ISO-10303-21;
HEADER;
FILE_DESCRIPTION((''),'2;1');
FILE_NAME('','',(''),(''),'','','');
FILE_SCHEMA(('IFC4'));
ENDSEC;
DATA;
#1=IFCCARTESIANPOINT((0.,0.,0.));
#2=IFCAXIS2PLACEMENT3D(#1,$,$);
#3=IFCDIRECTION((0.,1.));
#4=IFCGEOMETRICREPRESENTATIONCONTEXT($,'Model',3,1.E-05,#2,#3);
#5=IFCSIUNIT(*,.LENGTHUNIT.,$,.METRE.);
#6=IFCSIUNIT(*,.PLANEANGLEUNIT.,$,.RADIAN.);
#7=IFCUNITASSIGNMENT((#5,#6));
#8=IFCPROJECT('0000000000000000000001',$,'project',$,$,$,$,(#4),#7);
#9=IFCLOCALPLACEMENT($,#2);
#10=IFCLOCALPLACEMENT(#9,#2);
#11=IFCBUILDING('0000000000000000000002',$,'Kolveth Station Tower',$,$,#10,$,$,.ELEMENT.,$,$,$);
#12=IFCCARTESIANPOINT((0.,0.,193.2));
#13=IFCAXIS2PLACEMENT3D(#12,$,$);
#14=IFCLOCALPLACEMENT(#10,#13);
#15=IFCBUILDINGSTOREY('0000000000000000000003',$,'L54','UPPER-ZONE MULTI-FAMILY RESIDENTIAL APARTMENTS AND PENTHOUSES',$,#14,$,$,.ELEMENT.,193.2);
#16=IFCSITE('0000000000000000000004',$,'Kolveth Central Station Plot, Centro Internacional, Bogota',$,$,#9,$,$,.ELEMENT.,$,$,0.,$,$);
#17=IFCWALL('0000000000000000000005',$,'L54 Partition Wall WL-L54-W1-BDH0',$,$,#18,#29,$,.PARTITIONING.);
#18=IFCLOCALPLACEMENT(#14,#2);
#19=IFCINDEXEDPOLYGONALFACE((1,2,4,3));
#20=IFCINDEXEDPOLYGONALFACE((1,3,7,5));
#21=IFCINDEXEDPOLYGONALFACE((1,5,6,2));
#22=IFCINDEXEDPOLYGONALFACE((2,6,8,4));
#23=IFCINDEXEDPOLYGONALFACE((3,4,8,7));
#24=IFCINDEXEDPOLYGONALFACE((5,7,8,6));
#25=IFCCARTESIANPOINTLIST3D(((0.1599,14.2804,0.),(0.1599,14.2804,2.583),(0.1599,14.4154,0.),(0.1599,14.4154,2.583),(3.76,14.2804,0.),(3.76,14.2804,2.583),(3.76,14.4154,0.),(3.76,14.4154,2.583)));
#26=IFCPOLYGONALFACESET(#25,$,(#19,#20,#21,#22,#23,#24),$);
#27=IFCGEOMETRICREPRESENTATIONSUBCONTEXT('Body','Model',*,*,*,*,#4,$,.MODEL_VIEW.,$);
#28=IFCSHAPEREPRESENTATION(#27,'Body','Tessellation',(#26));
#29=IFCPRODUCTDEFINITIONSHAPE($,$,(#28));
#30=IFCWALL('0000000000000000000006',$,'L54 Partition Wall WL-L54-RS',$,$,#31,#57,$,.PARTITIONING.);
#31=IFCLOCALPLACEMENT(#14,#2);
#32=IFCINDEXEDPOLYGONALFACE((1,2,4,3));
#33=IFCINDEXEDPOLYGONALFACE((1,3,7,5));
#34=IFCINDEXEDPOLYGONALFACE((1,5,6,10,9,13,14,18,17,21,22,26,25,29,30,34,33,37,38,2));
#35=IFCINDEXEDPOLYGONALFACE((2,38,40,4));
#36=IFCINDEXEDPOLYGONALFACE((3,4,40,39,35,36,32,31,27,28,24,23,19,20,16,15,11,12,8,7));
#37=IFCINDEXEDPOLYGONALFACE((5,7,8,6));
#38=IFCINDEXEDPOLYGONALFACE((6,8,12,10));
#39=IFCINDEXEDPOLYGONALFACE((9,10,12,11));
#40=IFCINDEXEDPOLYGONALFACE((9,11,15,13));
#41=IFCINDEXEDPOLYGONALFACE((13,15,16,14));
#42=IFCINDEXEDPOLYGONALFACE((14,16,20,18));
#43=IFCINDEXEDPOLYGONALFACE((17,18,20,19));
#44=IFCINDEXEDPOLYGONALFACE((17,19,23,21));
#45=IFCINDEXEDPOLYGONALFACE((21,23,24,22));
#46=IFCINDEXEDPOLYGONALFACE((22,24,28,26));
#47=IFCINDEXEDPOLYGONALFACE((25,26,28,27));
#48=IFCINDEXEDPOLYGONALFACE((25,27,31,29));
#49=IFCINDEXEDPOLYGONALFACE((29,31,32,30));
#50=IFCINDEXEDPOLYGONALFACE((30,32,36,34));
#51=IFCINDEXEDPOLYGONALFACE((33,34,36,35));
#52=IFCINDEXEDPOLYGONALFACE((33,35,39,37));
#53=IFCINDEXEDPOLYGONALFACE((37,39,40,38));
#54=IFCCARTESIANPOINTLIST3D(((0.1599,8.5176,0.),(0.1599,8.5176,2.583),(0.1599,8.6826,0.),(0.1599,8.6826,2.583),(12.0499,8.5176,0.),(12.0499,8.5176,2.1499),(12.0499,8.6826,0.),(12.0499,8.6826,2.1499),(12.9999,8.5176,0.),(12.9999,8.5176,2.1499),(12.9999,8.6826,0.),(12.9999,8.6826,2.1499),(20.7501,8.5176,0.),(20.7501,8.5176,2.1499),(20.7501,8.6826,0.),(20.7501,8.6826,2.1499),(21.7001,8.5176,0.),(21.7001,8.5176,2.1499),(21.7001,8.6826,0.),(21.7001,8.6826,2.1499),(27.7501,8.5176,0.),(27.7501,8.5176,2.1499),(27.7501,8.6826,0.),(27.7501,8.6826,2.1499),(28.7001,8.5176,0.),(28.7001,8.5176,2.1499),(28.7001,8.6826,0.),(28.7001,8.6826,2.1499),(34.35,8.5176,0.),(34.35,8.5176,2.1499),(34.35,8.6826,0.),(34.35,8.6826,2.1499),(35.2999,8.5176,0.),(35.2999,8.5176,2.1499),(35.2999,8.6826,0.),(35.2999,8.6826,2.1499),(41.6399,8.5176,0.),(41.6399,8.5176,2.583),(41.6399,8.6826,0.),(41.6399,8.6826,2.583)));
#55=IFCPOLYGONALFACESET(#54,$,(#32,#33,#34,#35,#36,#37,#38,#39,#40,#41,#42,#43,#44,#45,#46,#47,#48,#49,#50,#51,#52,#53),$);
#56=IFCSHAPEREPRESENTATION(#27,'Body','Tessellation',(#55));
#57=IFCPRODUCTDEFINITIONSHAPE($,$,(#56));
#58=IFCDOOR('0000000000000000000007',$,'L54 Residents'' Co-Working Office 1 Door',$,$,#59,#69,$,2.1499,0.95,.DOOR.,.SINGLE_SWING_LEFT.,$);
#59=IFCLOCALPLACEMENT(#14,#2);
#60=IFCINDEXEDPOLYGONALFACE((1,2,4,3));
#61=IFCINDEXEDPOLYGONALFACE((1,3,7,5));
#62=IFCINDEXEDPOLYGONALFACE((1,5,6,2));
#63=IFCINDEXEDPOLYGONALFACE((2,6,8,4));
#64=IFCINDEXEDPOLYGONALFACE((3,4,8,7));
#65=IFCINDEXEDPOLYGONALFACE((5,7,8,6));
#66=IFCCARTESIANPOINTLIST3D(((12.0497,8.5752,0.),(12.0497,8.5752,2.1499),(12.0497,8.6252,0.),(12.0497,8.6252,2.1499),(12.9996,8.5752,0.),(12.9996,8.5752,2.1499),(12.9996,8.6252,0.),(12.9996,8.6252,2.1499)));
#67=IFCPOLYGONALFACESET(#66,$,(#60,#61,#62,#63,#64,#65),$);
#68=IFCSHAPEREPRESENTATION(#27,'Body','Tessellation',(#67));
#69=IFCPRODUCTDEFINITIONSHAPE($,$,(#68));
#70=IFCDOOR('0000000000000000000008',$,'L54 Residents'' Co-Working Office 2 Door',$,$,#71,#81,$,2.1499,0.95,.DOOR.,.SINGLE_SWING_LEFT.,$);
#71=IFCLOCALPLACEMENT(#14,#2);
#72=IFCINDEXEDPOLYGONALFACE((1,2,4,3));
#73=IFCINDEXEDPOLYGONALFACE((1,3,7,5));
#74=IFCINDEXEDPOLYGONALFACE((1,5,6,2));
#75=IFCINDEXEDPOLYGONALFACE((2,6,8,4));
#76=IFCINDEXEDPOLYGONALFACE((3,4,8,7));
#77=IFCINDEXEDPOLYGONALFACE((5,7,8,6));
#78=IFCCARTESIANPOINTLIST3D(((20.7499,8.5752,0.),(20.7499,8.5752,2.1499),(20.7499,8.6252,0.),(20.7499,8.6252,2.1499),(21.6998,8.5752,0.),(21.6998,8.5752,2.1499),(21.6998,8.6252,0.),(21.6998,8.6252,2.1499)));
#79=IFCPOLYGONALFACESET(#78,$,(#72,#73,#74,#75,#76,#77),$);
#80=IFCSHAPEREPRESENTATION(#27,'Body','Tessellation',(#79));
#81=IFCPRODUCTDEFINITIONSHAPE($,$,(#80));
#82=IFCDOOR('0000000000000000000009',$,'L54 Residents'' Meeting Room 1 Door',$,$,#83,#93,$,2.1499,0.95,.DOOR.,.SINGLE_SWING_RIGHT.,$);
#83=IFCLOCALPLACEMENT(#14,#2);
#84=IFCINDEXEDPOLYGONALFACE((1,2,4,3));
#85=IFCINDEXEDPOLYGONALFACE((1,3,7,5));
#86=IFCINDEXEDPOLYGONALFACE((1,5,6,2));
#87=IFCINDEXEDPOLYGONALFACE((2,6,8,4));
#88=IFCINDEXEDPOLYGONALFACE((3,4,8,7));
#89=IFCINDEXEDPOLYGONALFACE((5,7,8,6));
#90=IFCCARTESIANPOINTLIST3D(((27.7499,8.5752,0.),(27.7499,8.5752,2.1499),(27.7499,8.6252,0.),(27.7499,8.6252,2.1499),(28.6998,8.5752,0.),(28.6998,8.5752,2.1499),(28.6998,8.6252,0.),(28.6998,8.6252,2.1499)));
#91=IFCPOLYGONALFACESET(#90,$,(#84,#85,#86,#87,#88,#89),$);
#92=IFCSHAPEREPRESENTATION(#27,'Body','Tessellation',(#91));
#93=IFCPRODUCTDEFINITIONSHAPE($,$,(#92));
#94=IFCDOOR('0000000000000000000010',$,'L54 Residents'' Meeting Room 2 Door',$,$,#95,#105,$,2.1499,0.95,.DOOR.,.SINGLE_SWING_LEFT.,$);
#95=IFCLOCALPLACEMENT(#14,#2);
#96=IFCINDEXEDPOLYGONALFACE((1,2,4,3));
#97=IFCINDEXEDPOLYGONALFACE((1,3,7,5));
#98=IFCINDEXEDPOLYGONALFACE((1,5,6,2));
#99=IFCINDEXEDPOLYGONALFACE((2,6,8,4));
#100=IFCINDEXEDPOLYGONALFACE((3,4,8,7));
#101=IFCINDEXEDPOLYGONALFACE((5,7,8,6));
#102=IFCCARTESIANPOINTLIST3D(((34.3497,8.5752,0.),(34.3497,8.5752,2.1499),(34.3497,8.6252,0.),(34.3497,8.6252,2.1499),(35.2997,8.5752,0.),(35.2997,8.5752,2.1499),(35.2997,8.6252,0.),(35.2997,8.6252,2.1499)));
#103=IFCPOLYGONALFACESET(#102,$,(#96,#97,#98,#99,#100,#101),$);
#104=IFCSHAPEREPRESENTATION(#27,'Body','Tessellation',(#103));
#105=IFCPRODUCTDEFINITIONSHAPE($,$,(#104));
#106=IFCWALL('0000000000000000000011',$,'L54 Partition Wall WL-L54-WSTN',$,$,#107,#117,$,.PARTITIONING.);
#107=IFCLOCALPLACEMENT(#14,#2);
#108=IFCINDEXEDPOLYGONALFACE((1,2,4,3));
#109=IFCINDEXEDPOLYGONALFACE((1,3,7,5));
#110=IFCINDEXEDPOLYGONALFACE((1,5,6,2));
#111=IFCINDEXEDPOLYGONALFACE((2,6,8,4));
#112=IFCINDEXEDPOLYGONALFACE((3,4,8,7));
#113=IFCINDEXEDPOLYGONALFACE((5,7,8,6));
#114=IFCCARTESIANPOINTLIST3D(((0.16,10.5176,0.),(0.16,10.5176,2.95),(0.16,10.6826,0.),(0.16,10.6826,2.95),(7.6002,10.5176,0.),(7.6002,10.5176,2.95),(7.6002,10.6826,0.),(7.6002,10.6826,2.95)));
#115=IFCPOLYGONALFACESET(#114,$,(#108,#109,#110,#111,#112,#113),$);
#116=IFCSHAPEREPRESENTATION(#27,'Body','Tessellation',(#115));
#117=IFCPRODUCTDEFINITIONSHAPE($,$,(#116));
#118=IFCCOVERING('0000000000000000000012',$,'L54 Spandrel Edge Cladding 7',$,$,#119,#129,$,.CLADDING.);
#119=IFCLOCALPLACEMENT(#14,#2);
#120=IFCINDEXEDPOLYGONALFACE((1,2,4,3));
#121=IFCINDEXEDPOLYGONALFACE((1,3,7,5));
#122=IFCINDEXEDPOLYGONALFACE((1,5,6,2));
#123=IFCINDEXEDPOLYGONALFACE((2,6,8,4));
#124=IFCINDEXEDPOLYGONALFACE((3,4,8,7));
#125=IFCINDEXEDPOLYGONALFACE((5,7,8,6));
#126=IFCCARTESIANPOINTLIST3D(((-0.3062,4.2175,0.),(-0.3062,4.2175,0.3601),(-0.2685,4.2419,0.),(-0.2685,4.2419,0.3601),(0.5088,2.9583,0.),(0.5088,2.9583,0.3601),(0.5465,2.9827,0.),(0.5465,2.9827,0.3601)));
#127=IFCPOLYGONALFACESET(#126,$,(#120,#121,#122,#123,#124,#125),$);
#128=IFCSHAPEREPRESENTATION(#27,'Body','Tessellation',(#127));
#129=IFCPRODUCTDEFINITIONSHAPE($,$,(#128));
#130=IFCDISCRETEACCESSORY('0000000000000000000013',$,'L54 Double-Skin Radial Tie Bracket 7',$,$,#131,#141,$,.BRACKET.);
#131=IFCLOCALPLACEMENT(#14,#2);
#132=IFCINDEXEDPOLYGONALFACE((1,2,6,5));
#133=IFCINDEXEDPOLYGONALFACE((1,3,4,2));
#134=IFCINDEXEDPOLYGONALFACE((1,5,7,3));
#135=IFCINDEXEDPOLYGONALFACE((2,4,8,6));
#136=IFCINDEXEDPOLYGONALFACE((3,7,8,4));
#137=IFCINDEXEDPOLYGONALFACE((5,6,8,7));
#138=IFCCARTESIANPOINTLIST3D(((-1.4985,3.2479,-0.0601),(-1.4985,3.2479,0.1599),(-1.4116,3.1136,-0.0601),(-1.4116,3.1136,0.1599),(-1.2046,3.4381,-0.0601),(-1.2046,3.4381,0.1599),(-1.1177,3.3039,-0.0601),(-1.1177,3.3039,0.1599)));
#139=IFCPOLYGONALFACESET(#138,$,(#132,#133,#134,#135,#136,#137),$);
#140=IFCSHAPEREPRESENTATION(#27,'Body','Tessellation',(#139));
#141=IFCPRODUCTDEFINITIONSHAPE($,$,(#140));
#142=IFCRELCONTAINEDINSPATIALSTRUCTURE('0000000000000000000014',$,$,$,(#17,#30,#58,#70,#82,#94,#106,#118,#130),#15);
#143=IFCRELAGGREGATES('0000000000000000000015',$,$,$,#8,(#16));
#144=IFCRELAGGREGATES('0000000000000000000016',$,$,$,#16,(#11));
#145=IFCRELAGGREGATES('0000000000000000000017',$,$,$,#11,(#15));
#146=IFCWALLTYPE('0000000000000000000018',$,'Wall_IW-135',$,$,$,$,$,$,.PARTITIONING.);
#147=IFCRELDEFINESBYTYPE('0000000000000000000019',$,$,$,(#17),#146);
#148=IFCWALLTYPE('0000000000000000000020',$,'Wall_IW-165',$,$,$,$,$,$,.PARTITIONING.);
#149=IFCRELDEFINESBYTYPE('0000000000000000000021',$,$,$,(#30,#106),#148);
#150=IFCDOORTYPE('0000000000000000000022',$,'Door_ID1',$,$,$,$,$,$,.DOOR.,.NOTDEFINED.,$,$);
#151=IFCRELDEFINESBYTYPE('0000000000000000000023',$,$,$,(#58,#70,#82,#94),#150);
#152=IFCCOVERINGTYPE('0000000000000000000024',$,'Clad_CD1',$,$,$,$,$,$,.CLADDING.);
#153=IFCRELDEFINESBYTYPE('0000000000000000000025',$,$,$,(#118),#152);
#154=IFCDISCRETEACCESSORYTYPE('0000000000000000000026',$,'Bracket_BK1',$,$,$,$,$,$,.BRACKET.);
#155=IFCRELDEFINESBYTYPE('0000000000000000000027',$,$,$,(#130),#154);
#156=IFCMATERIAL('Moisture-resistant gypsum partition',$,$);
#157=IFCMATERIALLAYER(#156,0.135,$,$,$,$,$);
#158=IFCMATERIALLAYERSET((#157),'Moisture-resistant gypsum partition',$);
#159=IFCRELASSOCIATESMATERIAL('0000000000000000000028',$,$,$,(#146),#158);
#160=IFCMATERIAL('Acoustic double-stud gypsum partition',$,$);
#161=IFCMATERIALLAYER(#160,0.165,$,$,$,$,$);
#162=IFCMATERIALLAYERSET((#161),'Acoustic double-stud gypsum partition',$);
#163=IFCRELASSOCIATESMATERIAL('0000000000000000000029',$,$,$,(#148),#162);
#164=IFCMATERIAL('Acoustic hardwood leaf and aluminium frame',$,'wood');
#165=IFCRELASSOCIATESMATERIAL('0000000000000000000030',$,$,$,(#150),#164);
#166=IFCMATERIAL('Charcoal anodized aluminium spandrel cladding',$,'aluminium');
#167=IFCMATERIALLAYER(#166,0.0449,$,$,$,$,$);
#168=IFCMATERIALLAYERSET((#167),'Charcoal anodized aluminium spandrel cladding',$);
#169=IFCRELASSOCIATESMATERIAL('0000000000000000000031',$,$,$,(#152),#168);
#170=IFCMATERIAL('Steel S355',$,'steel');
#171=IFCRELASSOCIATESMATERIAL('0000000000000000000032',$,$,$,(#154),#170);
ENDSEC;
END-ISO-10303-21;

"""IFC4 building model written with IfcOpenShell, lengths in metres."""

from ifc_helpers import new_model, si_unit, direction, frame, frame_2d, origin, origin_2d, place, context, subcontext, project, spatial, rectangle, extrude, source, transform, mapped, material, layer, layer_set, type_object, element, fill, save


model = new_model("IFC4")

# Units and contexts
model_context = context("Model", 3, precision=1e-05, world=origin(), true_north=direction((0.0, 1.0)))
body_context = subcontext(model_context, "Body", "Model", "MODEL_VIEW")
ifc_project = project(units=[si_unit("LENGTHUNIT", "METRE"), si_unit("PLANEANGLEUNIT", "RADIAN")], contexts=[model_context])

# Site, building, storey
site_placement = place(None, origin())
site = spatial("IfcSite", under=ifc_project, at=site_placement, Name="Kolveth Central Station Plot, Centro Internacional, Bogota", CompositionType="ELEMENT", RefElevation=0.0)
building_placement = place(site_placement, origin())
building = spatial("IfcBuilding", under=site, at=building_placement, Name="Kolveth Station Tower", CompositionType="ELEMENT")
storey_placement = place(building_placement, frame((0.0, 0.0, 193.2)))
storey = spatial("IfcBuildingStorey", under=building, at=storey_placement, Name="L54", Description="UPPER-ZONE MULTI-FAMILY RESIDENTIAL APARTMENTS AND PENTHOUSES", CompositionType="ELEMENT", Elevation=193.2)

# Shared definitions
ifc_material_1 = material(Name="Steel S355", Category="steel")

# Wall
ifc_material_2 = material(Name="Moisture-resistant gypsum partition")
ifc_layer_1 = layer(ifc_material_2, 0.135)
ifc_layer_set_1 = layer_set([ifc_layer_1], Name="Moisture-resistant gypsum partition")
wall_type_1 = type_object("IfcWallType", Name="Wall_IW-135", PredefinedType="PARTITIONING", material=ifc_layer_set_1)
wall_1_placement = place(storey_placement, frame((0.1599, 14.3479, 0.0), z_axis=(0.0, 0.0, 1.0), x_axis=(1.0, 0.0, 0.0)))
element("IfcWall", 1, at=wall_1_placement, inside=storey, type_object=wall_type_1, Name="L54 Partition Wall WL-L54-W1-BDH0", PredefinedType="PARTITIONING", context=body_context, shape_type="SweptSolid", body=[
    extrude(rectangle(XDim=3.6001, YDim=0.135, at=frame_2d((1.8, 0.0))), origin(), (0.0, 0.0, 1.0), 2.583),
])

# Wall, openings, doors
ifc_material_3 = material(Name="Acoustic double-stud gypsum partition")
ifc_layer_2 = layer(ifc_material_3, 0.165)
ifc_layer_set_2 = layer_set([ifc_layer_2], Name="Acoustic double-stud gypsum partition")
wall_type_2 = type_object("IfcWallType", Name="Wall_IW-165", PredefinedType="PARTITIONING", material=ifc_layer_set_2)
wall_2_placement = place(storey_placement, frame((0.1599, 8.6001, 0.0), z_axis=(0.0, 0.0, 1.0), x_axis=(1.0, 0.0, 0.0)))
wall_2 = element("IfcWall", 2, at=wall_2_placement, inside=storey, type_object=wall_type_2, Name="L54 Partition Wall WL-L54-RS", PredefinedType="PARTITIONING", context=body_context, shape_type="SweptSolid", body=[
    extrude(rectangle(XDim=41.48, YDim=0.165, at=frame_2d((20.74, 0.0))), origin(), (0.0, 0.0, 1.0), 2.583),
])
opening_1_placement = place(wall_2_placement, frame((11.8899, 0.0, 0.0)))
opening_1 = element("IfcOpeningElement", 3, at=opening_1_placement, cuts=wall_2, PredefinedType="OPENING", context=body_context, shape_type="SweptSolid", body=[
    extrude(rectangle(XDim=0.95, YDim=2.1499, at=frame_2d((0.4751, 1.075))), frame((0.0, 0.0925, 0.0), z_axis=(0.0, -1.0, 0.0), x_axis=(1.0, 0.0, 0.0)), (0.0, 0.0, 1.0), 0.1851),
])
opening_2_placement = place(wall_2_placement, frame((20.5901, 0.0, 0.0)))
opening_2 = element("IfcOpeningElement", 4, at=opening_2_placement, cuts=wall_2, PredefinedType="OPENING", context=body_context, shape_type="SweptSolid", body=[
    extrude(rectangle(XDim=0.95, YDim=2.1499, at=frame_2d((0.4751, 1.075))), frame((0.0, 0.0925, 0.0), z_axis=(0.0, -1.0, 0.0), x_axis=(1.0, 0.0, 0.0)), (0.0, 0.0, 1.0), 0.1851),
])
opening_3_placement = place(wall_2_placement, frame((27.5901, 0.0, 0.0)))
opening_3 = element("IfcOpeningElement", 5, at=opening_3_placement, cuts=wall_2, PredefinedType="OPENING", context=body_context, shape_type="SweptSolid", body=[
    extrude(rectangle(XDim=0.95, YDim=2.1499, at=frame_2d((0.4751, 1.075))), frame((0.0, 0.0925, 0.0), z_axis=(0.0, -1.0, 0.0), x_axis=(1.0, 0.0, 0.0)), (0.0, 0.0, 1.0), 0.1851),
])
opening_4_placement = place(wall_2_placement, frame((34.1899, 0.0, 0.0)))
opening_4 = element("IfcOpeningElement", 6, at=opening_4_placement, cuts=wall_2, PredefinedType="OPENING", context=body_context, shape_type="SweptSolid", body=[
    extrude(rectangle(XDim=0.95, YDim=2.1499, at=frame_2d((0.4751, 1.075))), frame((0.0, 0.0925, 0.0), z_axis=(0.0, -1.0, 0.0), x_axis=(1.0, 0.0, 0.0)), (0.0, 0.0, 1.0), 0.1851),
])
ifc_material_4 = material(Name="Acoustic hardwood leaf and aluminium frame", Category="wood")
door_type = type_object("IfcDoorType", Name="Door_ID1", OperationType="NOTDEFINED", PredefinedType="DOOR", material=ifc_material_4)
door_1_placement = place(opening_1_placement, frame((0.95, 0.0, 0.0), z_axis=(0.0, 0.0, 1.0), x_axis=(-1.0, 0.0, 0.0)))
door_1 = element("IfcDoor", 7, at=door_1_placement, inside=storey, type_object=door_type, Name="L54 Residents' Co-Working Office 1 Door", OperationType="SINGLE_SWING_LEFT", OverallHeight=2.1499, OverallWidth=0.95, PredefinedType="DOOR", context=body_context, shape_type="SweptSolid", body=[
    extrude(rectangle(XDim=0.95, YDim=2.1499, at=frame_2d((0.4751, 1.075))), frame((0.0, 0.0249, 0.0), z_axis=(0.0, -1.0, 0.0), x_axis=(1.0, 0.0, 0.0)), (0.0, 0.0, 1.0), 0.05),
])
fill(opening_1, door_1)
door_2_placement = place(opening_2_placement, frame((0.95, 0.0, 0.0), z_axis=(0.0, 0.0, 1.0), x_axis=(-1.0, 0.0, 0.0)))
door_2 = element("IfcDoor", 8, at=door_2_placement, inside=storey, type_object=door_type, Name="L54 Residents' Co-Working Office 2 Door", OperationType="SINGLE_SWING_LEFT", OverallHeight=2.1499, OverallWidth=0.95, PredefinedType="DOOR", context=body_context, shape_type="SweptSolid", body=[
    extrude(rectangle(XDim=0.95, YDim=2.1499, at=frame_2d((0.4751, 1.075))), frame((0.0, 0.0249, 0.0), z_axis=(0.0, -1.0, 0.0), x_axis=(1.0, 0.0, 0.0)), (0.0, 0.0, 1.0), 0.05),
])
fill(opening_2, door_2)
door_3_placement = place(opening_3_placement, frame((0.95, 0.0, 0.0), z_axis=(0.0, 0.0, 1.0), x_axis=(-1.0, 0.0, 0.0)))
door_3 = element("IfcDoor", 9, at=door_3_placement, inside=storey, type_object=door_type, Name="L54 Residents' Meeting Room 1 Door", OperationType="SINGLE_SWING_RIGHT", OverallHeight=2.1499, OverallWidth=0.95, PredefinedType="DOOR", context=body_context, shape_type="SweptSolid", body=[
    extrude(rectangle(XDim=0.95, YDim=2.1499, at=frame_2d((0.4751, 1.075))), frame((0.0, 0.0249, 0.0), z_axis=(0.0, -1.0, 0.0), x_axis=(1.0, 0.0, 0.0)), (0.0, 0.0, 1.0), 0.05),
])
fill(opening_3, door_3)
door_4_placement = place(opening_4_placement, frame((0.95, 0.0, 0.0), z_axis=(0.0, 0.0, 1.0), x_axis=(-1.0, 0.0, 0.0)))
door_4 = element("IfcDoor", 10, at=door_4_placement, inside=storey, type_object=door_type, Name="L54 Residents' Meeting Room 2 Door", OperationType="SINGLE_SWING_LEFT", OverallHeight=2.1499, OverallWidth=0.95, PredefinedType="DOOR", context=body_context, shape_type="SweptSolid", body=[
    extrude(rectangle(XDim=0.95, YDim=2.1499, at=frame_2d((0.4751, 1.075))), frame((0.0, 0.0249, 0.0), z_axis=(0.0, -1.0, 0.0), x_axis=(1.0, 0.0, 0.0)), (0.0, 0.0, 1.0), 0.05),
])
fill(opening_4, door_4)

# Wall
wall_3_placement = place(storey_placement, frame((0.1599, 10.6001, 0.0), z_axis=(0.0, 0.0, 1.0), x_axis=(1.0, 0.0, 0.0)))
element("IfcWall", 11, at=wall_3_placement, inside=storey, type_object=wall_type_2, Name="L54 Partition Wall WL-L54-WSTN", PredefinedType="PARTITIONING", context=body_context, shape_type="SweptSolid", body=[
    extrude(rectangle(XDim=7.4402, YDim=0.165, at=frame_2d((3.7202, 0.0))), origin(), (0.0, 0.0, 1.0), 2.95),
])

# Covering
ifc_material_5 = material(Name="Charcoal anodized aluminium spandrel cladding", Category="aluminium")
ifc_layer_3 = layer(ifc_material_5, 0.0449)
ifc_layer_set_3 = layer_set([ifc_layer_3], Name="Charcoal anodized aluminium spandrel cladding")
covering_type = type_object("IfcCoveringType", Name="Clad_CD1", PredefinedType="CLADDING", material=ifc_layer_set_3)
shared_shape_1 = source(origin(), body_context, "Body", "SweptSolid", [
    extrude(rectangle(XDim=1.5, YDim=0.0449, at=origin_2d()), origin(), (0.0, 0.0, 1.0), 0.3601),
])
covering_placement = place(storey_placement, frame((0.1201, 3.6001, 0.0), z_axis=(0.0, 0.0, 1.0), x_axis=(0.543321, -0.839525, 0.0)))
element("IfcCovering", 12, at=covering_placement, inside=storey, type_object=covering_type, Name="L54 Spandrel Edge Cladding 7", PredefinedType="CLADDING", context=body_context, shape_type="MappedRepresentation", body=[
    mapped(shared_shape_1, transform((0.0, 0.0, 0.0), x_axis=(1.0, 0.0, 0.0), y_axis=(0.0, 1.0, 0.0), z_axis=(0.0, 0.0, 1.0), scale=1.0)),
])

# Discrete accessory
discrete_accessory_type = type_object("IfcDiscreteAccessoryType", Name="Bracket_BK1", PredefinedType="BRACKET", material=ifc_material_1)
shared_shape_2 = source(origin(), body_context, "Body", "SweptSolid", [
    extrude(rectangle(XDim=0.3501, YDim=0.1599, at=origin_2d()), origin(), (0.0, 0.0, 1.0), 0.22),
])
discrete_accessory_placement = place(storey_placement, frame((-1.3081, 3.2759, -0.0601), z_axis=(0.0, 0.0, 1.0), x_axis=(-0.839525, -0.543321, 0.0)))
element("IfcDiscreteAccessory", 13, at=discrete_accessory_placement, inside=storey, type_object=discrete_accessory_type, Name="L54 Double-Skin Radial Tie Bracket 7", PredefinedType="BRACKET", context=body_context, shape_type="MappedRepresentation", body=[
    mapped(shared_shape_2, transform((0.0, 0.0, 0.0), x_axis=(1.0, 0.0, 0.0), y_axis=(0.0, 1.0, 0.0), z_axis=(0.0, 0.0, 1.0), scale=1.0)),
])

save(model, "model.ifc")
